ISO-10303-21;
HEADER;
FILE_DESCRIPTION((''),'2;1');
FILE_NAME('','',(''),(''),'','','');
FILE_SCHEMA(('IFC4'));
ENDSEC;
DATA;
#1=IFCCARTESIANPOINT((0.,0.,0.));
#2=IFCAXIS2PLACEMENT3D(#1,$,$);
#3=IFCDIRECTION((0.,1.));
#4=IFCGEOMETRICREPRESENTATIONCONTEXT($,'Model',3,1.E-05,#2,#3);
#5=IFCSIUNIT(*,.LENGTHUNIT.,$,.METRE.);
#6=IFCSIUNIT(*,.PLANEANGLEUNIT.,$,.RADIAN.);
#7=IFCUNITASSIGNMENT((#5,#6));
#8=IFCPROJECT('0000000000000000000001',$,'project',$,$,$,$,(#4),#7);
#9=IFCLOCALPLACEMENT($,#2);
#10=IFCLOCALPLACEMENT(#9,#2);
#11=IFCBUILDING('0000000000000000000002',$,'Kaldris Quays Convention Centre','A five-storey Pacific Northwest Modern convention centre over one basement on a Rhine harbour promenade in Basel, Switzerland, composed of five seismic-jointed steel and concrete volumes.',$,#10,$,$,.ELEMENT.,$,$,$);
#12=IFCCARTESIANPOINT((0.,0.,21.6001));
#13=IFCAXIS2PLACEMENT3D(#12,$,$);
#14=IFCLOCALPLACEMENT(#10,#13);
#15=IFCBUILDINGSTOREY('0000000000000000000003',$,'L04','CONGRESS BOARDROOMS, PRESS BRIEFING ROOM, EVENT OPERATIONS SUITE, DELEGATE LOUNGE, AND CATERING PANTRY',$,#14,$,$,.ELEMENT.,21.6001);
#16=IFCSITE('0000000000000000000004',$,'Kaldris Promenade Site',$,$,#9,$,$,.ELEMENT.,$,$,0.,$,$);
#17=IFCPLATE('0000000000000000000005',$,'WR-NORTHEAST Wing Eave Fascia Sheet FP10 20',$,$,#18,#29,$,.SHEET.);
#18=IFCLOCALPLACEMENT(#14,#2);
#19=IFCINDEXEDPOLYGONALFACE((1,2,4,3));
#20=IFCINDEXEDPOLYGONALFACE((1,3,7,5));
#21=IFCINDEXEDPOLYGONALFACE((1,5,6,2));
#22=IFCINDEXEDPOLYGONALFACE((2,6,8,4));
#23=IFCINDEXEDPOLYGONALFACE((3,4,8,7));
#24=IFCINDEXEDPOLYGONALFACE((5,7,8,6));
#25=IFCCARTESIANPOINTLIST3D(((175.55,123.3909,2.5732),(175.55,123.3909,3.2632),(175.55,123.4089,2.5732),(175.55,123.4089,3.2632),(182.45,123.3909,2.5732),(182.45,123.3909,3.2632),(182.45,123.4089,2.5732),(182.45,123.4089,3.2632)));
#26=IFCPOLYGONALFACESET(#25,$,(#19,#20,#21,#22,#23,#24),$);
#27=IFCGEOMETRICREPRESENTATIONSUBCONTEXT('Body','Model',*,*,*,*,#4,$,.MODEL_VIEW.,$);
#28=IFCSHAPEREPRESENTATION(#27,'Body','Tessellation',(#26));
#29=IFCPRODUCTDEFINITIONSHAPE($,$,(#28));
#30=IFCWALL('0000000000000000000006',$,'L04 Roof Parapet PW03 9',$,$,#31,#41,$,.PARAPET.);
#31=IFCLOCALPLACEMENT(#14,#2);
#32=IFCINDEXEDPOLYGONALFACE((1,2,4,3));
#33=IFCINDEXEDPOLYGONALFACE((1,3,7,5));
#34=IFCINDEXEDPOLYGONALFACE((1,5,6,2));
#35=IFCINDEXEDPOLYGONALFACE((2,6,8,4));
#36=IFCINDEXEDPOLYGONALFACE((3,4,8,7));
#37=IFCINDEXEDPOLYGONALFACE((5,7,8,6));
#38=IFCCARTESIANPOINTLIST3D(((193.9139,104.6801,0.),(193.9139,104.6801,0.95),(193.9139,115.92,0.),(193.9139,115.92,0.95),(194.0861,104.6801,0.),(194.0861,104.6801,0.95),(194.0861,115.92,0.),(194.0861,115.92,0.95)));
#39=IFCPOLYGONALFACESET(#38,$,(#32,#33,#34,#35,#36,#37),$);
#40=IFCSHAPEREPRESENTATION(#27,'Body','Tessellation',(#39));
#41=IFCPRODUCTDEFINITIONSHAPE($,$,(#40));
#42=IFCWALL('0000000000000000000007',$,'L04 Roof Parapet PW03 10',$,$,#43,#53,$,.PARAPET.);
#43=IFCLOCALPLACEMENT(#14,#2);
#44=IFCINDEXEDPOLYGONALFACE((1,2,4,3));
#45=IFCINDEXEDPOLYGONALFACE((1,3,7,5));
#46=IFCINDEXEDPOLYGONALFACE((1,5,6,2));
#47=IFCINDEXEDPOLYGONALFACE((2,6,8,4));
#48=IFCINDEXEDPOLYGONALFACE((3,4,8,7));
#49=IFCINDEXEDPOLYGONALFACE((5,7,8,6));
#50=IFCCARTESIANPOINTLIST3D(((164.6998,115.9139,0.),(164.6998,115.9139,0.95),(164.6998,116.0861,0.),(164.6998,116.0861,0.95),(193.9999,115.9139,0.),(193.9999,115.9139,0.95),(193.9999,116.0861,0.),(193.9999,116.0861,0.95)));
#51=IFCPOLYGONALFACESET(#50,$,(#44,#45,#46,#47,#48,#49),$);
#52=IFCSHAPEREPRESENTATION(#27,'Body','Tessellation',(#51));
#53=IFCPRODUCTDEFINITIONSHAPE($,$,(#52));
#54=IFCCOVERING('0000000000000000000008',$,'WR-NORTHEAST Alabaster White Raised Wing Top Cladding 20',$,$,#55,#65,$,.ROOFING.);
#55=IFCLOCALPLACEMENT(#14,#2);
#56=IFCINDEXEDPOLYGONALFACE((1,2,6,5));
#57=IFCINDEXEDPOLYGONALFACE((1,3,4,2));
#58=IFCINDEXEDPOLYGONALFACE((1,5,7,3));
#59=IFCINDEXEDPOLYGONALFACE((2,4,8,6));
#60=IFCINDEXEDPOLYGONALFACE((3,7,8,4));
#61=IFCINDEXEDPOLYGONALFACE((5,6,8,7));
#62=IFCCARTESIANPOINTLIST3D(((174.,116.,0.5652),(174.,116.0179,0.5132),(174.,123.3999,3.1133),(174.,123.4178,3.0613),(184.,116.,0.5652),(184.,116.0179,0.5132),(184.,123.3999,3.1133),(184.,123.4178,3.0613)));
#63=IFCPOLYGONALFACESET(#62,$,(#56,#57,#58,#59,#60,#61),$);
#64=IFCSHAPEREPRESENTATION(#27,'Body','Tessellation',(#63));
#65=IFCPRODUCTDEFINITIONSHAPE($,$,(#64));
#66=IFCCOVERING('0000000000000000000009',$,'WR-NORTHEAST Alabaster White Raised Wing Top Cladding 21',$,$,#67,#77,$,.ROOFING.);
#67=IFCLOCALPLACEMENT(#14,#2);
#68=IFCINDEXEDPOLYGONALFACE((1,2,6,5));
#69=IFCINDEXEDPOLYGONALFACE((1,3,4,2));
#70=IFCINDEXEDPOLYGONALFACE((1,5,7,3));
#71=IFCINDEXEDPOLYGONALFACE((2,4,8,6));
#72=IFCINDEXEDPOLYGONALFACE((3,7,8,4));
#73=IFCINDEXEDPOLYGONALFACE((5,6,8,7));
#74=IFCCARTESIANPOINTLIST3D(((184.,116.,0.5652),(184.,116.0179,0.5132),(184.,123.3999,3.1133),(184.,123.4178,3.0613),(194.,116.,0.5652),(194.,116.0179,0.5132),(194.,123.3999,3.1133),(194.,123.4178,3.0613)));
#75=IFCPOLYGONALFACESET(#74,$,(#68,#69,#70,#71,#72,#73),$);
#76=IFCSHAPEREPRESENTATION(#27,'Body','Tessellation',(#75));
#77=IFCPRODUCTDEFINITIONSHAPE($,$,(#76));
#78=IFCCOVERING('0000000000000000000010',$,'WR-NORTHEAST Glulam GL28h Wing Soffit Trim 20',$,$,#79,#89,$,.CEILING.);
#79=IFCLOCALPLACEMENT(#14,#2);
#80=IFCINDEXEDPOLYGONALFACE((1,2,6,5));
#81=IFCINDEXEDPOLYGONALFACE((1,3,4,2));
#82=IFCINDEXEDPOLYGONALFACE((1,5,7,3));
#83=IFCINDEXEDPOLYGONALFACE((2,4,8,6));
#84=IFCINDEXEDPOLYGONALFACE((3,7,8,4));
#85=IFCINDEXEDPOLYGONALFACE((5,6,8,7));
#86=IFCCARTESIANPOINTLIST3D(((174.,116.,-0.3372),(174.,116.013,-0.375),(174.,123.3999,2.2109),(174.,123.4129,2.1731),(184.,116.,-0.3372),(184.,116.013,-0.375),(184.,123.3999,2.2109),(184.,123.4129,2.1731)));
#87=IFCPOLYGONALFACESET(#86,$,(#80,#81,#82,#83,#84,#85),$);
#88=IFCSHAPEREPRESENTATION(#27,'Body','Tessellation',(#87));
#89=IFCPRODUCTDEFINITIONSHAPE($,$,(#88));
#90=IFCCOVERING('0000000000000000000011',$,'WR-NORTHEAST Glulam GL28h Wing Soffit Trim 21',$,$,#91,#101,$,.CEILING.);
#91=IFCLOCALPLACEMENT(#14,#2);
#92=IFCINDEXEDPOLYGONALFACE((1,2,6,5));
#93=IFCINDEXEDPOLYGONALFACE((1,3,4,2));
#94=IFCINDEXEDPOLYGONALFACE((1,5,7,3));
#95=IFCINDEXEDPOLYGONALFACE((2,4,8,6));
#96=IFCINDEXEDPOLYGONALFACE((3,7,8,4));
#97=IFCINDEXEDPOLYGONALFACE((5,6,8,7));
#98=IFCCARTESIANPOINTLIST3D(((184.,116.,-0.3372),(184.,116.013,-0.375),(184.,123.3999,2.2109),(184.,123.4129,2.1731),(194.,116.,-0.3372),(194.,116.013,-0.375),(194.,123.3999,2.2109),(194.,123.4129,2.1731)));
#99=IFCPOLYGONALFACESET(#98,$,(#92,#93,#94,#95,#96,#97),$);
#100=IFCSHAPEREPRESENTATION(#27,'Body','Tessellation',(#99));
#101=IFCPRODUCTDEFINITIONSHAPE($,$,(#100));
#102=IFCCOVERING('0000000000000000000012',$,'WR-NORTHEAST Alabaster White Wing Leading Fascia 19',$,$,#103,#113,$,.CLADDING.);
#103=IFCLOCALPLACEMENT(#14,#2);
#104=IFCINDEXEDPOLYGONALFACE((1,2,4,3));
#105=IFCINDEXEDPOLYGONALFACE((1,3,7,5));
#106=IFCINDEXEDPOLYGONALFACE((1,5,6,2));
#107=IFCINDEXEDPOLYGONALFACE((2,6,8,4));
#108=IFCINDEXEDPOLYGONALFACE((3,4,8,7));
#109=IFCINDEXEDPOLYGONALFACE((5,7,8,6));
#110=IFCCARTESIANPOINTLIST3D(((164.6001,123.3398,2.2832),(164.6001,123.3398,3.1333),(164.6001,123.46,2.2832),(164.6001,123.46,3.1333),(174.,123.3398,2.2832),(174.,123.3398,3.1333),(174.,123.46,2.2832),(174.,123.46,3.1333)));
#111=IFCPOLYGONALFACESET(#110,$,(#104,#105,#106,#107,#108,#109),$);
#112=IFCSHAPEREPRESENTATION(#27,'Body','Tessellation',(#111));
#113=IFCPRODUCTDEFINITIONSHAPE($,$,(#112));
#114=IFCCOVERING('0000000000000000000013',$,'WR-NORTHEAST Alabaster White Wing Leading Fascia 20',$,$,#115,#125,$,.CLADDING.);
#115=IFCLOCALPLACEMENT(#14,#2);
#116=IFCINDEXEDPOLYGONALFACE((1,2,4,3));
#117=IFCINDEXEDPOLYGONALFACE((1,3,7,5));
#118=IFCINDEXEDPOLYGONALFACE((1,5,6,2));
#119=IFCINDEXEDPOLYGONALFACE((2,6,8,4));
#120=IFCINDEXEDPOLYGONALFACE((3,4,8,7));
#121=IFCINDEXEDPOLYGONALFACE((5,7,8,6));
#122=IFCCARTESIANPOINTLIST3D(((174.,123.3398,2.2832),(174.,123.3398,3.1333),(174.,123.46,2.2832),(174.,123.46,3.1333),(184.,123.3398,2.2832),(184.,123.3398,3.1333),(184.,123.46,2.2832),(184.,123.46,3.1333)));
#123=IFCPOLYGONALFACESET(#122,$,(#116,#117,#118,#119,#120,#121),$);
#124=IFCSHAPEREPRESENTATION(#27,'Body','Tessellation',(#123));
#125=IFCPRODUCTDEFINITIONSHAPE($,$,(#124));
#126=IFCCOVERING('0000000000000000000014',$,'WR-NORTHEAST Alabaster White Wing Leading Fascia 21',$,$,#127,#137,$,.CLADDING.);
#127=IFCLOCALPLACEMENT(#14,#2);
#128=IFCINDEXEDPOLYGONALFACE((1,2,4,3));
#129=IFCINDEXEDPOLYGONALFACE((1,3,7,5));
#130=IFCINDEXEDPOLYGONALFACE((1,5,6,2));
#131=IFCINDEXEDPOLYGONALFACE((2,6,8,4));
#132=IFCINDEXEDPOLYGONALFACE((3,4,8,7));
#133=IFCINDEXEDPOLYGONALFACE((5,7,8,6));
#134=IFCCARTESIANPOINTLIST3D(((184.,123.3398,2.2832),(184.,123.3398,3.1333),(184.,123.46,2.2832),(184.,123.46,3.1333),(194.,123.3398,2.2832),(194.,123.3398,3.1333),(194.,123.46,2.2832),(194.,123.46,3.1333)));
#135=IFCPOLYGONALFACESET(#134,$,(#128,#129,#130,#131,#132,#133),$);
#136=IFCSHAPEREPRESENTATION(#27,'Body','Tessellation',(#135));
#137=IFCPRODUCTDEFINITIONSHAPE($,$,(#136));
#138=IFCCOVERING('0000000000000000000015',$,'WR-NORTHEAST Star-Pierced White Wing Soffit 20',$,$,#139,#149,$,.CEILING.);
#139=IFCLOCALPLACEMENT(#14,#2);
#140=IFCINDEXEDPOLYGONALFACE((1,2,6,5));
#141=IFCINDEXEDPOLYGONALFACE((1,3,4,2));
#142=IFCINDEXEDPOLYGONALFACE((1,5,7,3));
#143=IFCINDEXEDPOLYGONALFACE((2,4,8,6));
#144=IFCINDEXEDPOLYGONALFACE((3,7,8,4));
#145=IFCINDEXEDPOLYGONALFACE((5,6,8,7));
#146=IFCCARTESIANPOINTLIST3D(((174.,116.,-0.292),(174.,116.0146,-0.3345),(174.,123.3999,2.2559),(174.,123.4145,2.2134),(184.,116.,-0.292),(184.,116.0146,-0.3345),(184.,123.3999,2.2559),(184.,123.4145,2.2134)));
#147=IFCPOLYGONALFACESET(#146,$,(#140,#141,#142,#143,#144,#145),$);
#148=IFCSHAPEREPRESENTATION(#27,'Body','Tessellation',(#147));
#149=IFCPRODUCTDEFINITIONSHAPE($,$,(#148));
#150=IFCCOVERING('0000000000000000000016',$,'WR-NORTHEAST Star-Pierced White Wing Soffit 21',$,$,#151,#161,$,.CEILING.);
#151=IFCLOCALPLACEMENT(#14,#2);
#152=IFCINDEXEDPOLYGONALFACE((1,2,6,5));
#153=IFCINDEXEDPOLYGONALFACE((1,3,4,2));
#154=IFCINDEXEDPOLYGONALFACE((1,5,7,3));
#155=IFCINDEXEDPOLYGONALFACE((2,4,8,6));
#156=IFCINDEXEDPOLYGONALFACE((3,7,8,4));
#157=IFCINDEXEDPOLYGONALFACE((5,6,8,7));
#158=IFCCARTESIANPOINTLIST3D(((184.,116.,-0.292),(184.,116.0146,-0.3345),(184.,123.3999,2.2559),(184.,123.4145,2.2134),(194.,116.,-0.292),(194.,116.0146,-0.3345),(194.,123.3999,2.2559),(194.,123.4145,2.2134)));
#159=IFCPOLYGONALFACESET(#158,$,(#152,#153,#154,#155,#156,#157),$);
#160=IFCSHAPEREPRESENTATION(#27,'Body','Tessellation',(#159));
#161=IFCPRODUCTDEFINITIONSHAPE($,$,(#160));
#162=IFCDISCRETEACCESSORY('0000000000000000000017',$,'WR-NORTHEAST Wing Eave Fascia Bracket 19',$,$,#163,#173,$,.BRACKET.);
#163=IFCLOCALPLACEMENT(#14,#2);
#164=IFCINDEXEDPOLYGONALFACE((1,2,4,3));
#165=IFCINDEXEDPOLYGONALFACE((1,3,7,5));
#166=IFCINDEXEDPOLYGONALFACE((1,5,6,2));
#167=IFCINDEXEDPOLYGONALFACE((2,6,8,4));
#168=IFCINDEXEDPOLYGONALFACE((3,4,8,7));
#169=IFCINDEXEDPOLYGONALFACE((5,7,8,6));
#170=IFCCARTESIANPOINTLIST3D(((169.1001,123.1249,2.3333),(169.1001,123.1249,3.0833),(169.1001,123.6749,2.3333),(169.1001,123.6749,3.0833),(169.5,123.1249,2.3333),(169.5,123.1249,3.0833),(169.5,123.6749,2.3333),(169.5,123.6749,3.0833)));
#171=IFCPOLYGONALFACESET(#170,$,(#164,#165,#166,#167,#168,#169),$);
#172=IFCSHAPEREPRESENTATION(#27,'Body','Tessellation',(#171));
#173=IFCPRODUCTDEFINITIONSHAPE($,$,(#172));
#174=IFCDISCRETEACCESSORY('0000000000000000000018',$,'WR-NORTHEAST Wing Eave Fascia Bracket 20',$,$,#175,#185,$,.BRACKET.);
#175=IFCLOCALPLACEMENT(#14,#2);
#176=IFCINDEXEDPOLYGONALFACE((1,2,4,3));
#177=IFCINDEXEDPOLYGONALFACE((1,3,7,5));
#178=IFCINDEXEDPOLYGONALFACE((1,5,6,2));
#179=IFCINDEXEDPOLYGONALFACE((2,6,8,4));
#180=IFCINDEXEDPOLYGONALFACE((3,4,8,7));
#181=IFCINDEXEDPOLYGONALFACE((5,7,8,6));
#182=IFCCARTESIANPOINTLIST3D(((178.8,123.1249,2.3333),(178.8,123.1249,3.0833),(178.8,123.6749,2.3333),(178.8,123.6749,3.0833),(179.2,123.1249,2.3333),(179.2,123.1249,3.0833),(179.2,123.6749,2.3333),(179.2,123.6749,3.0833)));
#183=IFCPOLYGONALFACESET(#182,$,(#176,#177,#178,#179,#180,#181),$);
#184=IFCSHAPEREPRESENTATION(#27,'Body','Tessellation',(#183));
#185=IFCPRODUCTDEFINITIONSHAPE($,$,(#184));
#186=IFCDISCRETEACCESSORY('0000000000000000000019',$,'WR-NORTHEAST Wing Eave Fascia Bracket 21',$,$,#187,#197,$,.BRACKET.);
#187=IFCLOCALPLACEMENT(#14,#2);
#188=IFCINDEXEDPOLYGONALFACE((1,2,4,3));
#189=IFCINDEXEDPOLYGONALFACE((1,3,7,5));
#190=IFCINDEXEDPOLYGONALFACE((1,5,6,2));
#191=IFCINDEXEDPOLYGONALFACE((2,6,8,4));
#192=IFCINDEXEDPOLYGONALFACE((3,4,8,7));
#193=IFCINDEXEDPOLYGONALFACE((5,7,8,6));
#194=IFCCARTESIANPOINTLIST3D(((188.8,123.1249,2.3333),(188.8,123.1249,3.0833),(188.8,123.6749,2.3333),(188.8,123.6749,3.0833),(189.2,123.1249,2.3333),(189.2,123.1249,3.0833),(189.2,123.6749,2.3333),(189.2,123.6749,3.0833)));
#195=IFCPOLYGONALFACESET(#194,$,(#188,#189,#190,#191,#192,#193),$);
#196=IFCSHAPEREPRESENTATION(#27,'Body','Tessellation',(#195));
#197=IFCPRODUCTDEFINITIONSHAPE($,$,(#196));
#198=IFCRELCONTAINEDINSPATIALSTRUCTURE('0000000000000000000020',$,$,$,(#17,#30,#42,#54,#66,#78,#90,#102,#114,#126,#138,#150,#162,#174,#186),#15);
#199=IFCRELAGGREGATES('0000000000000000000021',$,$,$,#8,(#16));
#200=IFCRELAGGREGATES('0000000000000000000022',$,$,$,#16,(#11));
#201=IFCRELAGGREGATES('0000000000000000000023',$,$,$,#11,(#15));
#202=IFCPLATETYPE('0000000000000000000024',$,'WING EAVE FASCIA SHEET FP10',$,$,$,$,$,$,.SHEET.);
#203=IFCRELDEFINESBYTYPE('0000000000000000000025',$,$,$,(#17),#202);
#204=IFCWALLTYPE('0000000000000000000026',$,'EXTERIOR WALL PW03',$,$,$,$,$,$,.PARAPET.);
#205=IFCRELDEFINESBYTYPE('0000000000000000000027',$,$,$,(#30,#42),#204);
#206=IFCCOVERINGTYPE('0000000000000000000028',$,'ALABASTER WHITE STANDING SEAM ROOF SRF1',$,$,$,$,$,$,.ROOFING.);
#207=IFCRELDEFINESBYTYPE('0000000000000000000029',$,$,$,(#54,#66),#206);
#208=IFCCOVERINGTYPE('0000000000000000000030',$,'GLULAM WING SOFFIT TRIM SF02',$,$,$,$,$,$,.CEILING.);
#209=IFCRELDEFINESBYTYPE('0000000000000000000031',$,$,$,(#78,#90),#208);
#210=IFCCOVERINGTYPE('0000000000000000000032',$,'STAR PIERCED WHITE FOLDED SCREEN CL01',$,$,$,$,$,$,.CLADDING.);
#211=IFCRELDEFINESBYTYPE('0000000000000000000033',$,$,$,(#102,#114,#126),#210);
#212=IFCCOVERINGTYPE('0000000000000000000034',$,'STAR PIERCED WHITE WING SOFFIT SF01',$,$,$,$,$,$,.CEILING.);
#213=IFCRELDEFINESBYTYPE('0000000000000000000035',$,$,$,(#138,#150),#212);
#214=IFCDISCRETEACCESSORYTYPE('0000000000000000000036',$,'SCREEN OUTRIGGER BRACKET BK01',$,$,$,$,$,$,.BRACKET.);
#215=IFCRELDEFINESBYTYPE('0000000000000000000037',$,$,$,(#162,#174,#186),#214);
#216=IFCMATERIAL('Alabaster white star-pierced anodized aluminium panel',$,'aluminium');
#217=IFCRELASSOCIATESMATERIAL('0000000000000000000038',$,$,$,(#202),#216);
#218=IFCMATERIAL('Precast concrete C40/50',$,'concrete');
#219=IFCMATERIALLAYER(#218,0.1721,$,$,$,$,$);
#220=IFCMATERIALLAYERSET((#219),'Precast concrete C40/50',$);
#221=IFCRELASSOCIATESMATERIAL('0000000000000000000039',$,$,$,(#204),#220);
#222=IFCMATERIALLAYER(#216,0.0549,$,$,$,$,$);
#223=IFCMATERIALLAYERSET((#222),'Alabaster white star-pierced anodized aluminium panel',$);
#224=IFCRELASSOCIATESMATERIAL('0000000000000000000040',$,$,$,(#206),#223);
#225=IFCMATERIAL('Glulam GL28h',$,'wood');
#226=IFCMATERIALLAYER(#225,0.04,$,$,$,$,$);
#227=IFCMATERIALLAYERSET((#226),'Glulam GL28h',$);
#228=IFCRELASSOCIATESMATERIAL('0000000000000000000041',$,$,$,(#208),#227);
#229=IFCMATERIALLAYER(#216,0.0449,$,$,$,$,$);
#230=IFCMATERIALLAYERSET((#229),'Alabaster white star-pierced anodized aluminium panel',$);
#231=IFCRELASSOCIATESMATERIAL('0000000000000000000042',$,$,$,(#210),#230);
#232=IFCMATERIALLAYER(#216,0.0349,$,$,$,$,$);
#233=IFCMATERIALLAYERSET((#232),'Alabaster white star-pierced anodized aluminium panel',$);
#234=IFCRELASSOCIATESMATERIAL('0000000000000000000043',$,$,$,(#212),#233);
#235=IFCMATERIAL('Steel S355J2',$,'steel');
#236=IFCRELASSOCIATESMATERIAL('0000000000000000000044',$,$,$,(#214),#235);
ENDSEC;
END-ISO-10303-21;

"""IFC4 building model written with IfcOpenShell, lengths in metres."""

from ifc_helpers import new_model, si_unit, direction, frame, frame_2d, origin, origin_2d, place, context, subcontext, project, spatial, polyline, rectangle, outline, extrude, material, layer, layer_set, type_object, element, save


model = new_model("IFC4")

# Units and contexts
model_context = context("Model", 3, precision=1e-05, world=origin(), true_north=direction((0.0, 1.0)))
body_context = subcontext(model_context, "Body", "Model", "MODEL_VIEW")
ifc_project = project(units=[si_unit("LENGTHUNIT", "METRE"), si_unit("PLANEANGLEUNIT", "RADIAN")], contexts=[model_context])

# Site, building, storey
site_placement = place(None, origin())
site = spatial("IfcSite", under=ifc_project, at=site_placement, Name="Kaldris Promenade Site", CompositionType="ELEMENT", RefElevation=0.0)
building_placement = place(site_placement, origin())
building = spatial("IfcBuilding", under=site, at=building_placement, Name="Kaldris Quays Convention Centre", Description="A five-storey Pacific Northwest Modern convention centre over one basement on a Rhine harbour promenade in Basel, Switzerland, composed of five seismic-jointed steel and concrete volumes.", CompositionType="ELEMENT")
storey_placement = place(building_placement, frame((0.0, 0.0, 21.6001)))
storey = spatial("IfcBuildingStorey", under=building, at=storey_placement, Name="L04", Description="CONGRESS BOARDROOMS, PRESS BRIEFING ROOM, EVENT OPERATIONS SUITE, DELEGATE LOUNGE, AND CATERING PANTRY", CompositionType="ELEMENT", Elevation=21.6001)

# Shared definitions
ifc_material_1 = material(Name="Glulam GL28h", Category="wood")
ifc_material_2 = material(Name="Steel S355J2", Category="steel")

# Plate
ifc_material_3 = material(Name="Alabaster white star-pierced anodized aluminium panel", Category="aluminium")
plate_type_1 = type_object("IfcPlateType", Name="WING EAVE FASCIA SHEET FP10", PredefinedType="SHEET", material=ifc_material_3)
plate_1_placement = place(storey_placement, frame((179.0, 123.3999, 2.5732), z_axis=(0.0, 0.0, 1.0), x_axis=(-1.0, 0.0, 0.0)))
element("IfcPlate", 1, at=plate_1_placement, inside=storey, type_object=plate_type_1, Name="WR-NORTHEAST Wing Eave Fascia Sheet FP10 20", PredefinedType="SHEET", context=body_context, shape_type="SweptSolid", body=[
    extrude(rectangle(XDim=6.8999, YDim=0.0181, at=origin_2d()), origin(), (0.0, 0.0, 1.0), 0.6899),
])

# Walls
ifc_material_4 = material(Name="Precast concrete C40/50", Category="concrete")
ifc_layer_1 = layer(ifc_material_4, 0.1721)
ifc_layer_set_1 = layer_set([ifc_layer_1], Name="Precast concrete C40/50")
wall_type = type_object("IfcWallType", Name="EXTERIOR WALL PW03", PredefinedType="PARAPET", material=ifc_layer_set_1)
wall_1_placement = place(storey_placement, frame((194.0, 104.6799, 0.0), z_axis=(0.0, 0.0, 1.0), x_axis=(0.0, 1.0, 0.0)))
element("IfcWall", 2, at=wall_1_placement, inside=storey, type_object=wall_type, Name="L04 Roof Parapet PW03 9", PredefinedType="PARAPET", context=body_context, shape_type="SweptSolid", body=[
    extrude(rectangle(XDim=11.24, YDim=0.1721, at=frame_2d((5.6201, 0.0))), origin(), (0.0, 0.0, 1.0), 0.95),
])
wall_2_placement = place(storey_placement, frame((164.7, 116.0, 0.0), z_axis=(0.0, 0.0, 1.0), x_axis=(1.0, 0.0, 0.0)))
element("IfcWall", 3, at=wall_2_placement, inside=storey, type_object=wall_type, Name="L04 Roof Parapet PW03 10", PredefinedType="PARAPET", context=body_context, shape_type="SweptSolid", body=[
    extrude(rectangle(XDim=29.3, YDim=0.1721, at=frame_2d((14.6499, 0.0))), origin(), (0.0, 0.0, 1.0), 0.95),
])

# Coverings
ifc_layer_2 = layer(ifc_material_3, 0.0549)
ifc_layer_set_2 = layer_set([ifc_layer_2], Name="Alabaster white star-pierced anodized aluminium panel")
covering_type_1 = type_object("IfcCoveringType", Name="ALABASTER WHITE STANDING SEAM ROOF SRF1", PredefinedType="ROOFING", material=ifc_layer_set_2)
for number, where, z_axis, x_axis, name in (
    (4, (174.0, 116.0, 0.5652), (0.0, -0.32558, 0.945514), (1.0, 0.0, 0.0), "WR-NORTHEAST Alabaster White Raised Wing Top Cladding 20"),
    (5, (184.0, 116.0, 0.5652), (0.0, -0.32558, 0.945514), (1.0, 0.0, 0.0), "WR-NORTHEAST Alabaster White Raised Wing Top Cladding 21"),
):
    element("IfcCovering", number, at=place(storey_placement, frame(where, z_axis=z_axis, x_axis=x_axis)), inside=storey, type_object=covering_type_1, Name=name, PredefinedType="ROOFING", context=body_context, shape_type="SweptSolid", body=[
        extrude(outline(polyline([(0.0, 0.0), (10.0, 0.0), (10.0, 7.8263), (0.0, 7.8263), (0.0, 0.0)])), origin(), (0.0, 0.0, -1.0), 0.0549),
    ])
ifc_layer_3 = layer(ifc_material_1, 0.04)
ifc_layer_set_3 = layer_set([ifc_layer_3], Name="Glulam GL28h")
covering_type_2 = type_object("IfcCoveringType", Name="GLULAM WING SOFFIT TRIM SF02", PredefinedType="CEILING", material=ifc_layer_set_3)
for number, where, z_axis, x_axis, name in (
    (6, (174.0, 116.0, -0.3372), (0.0, -0.32558, 0.945514), (1.0, 0.0, 0.0), "WR-NORTHEAST Glulam GL28h Wing Soffit Trim 20"),
    (7, (184.0, 116.0, -0.3372), (0.0, -0.32558, 0.945514), (1.0, 0.0, 0.0), "WR-NORTHEAST Glulam GL28h Wing Soffit Trim 21"),
):
    element("IfcCovering", number, at=place(storey_placement, frame(where, z_axis=z_axis, x_axis=x_axis)), inside=storey, type_object=covering_type_2, Name=name, PredefinedType="CEILING", context=body_context, shape_type="SweptSolid", body=[
        extrude(outline(polyline([(0.0, 0.0), (10.0, 0.0), (10.0, 7.8263), (0.0, 7.8263), (0.0, 0.0)])), origin(), (0.0, 0.0, -1.0), 0.04),
    ])
ifc_layer_4 = layer(ifc_material_3, 0.0449)
ifc_layer_set_4 = layer_set([ifc_layer_4], Name="Alabaster white star-pierced anodized aluminium panel")
covering_type_3 = type_object("IfcCoveringType", Name="STAR PIERCED WHITE FOLDED SCREEN CL01", PredefinedType="CLADDING", material=ifc_layer_set_4)
covering_placement = place(storey_placement, frame((169.3, 123.3999, 2.2832), z_axis=(0.0, 0.0, 1.0), x_axis=(-1.0, 0.0, 0.0)))
element("IfcCovering", 8, at=covering_placement, inside=storey, type_object=covering_type_3, Name="WR-NORTHEAST Alabaster White Wing Leading Fascia 19", PredefinedType="CLADDING", context=body_context, shape_type="SweptSolid", body=[
    extrude(rectangle(XDim=9.3999, YDim=0.1201, at=origin_2d()), origin(), (0.0, 0.0, 1.0), 0.8501),
])
for number, where, z_axis, x_axis, name in (
    (9, (179.0, 123.3999, 2.2832), (0.0, 0.0, 1.0), (-1.0, 0.0, 0.0), "WR-NORTHEAST Alabaster White Wing Leading Fascia 20"),
    (10, (189.0, 123.3999, 2.2832), (0.0, 0.0, 1.0), (-1.0, 0.0, 0.0), "WR-NORTHEAST Alabaster White Wing Leading Fascia 21"),
):
    element("IfcCovering", number, at=place(storey_placement, frame(where, z_axis=z_axis, x_axis=x_axis)), inside=storey, type_object=covering_type_3, Name=name, PredefinedType="CLADDING", context=body_context, shape_type="SweptSolid", body=[
        extrude(rectangle(XDim=10.0, YDim=0.1201, at=origin_2d()), origin(), (0.0, 0.0, 1.0), 0.8501),
    ])
ifc_layer_5 = layer(ifc_material_3, 0.0349)
ifc_layer_set_5 = layer_set([ifc_layer_5], Name="Alabaster white star-pierced anodized aluminium panel")
covering_type_4 = type_object("IfcCoveringType", Name="STAR PIERCED WHITE WING SOFFIT SF01", PredefinedType="CEILING", material=ifc_layer_set_5)
for number, where, z_axis, x_axis, name in (
    (11, (174.0, 116.0, -0.292), (0.0, -0.325552, 0.945524), (1.0, 0.0, 0.0), "WR-NORTHEAST Star-Pierced White Wing Soffit 20"),
    (12, (184.0, 116.0, -0.292), (0.0, -0.325552, 0.945524), (1.0, 0.0, 0.0), "WR-NORTHEAST Star-Pierced White Wing Soffit 21"),
):
    element("IfcCovering", number, at=place(storey_placement, frame(where, z_axis=z_axis, x_axis=x_axis)), inside=storey, type_object=covering_type_4, Name=name, PredefinedType="CEILING", context=body_context, shape_type="SweptSolid", body=[
        extrude(outline(polyline([(0.0, 0.0), (10.0, 0.0), (10.0, 7.8262), (0.0, 7.8262), (0.0, 0.0)])), origin(), (0.0, 0.0, -1.0), 0.0449),
    ])

# Discrete accessories
discrete_accessory_type = type_object("IfcDiscreteAccessoryType", Name="SCREEN OUTRIGGER BRACKET BK01", PredefinedType="BRACKET", material=ifc_material_2)
for number, where, z_axis, x_axis, name in (
    (13, (169.3, 123.3999, 2.3333), (0.0, 0.0, 1.0), (-1.0, 0.0, 0.0), "WR-NORTHEAST Wing Eave Fascia Bracket 19"),
    (14, (179.0, 123.3999, 2.3333), (0.0, 0.0, 1.0), (-1.0, 0.0, 0.0), "WR-NORTHEAST Wing Eave Fascia Bracket 20"),
    (15, (189.0, 123.3999, 2.3333), (0.0, 0.0, 1.0), (-1.0, 0.0, 0.0), "WR-NORTHEAST Wing Eave Fascia Bracket 21"),
):
    element("IfcDiscreteAccessory", number, at=place(storey_placement, frame(where, z_axis=z_axis, x_axis=x_axis)), inside=storey, type_object=discrete_accessory_type, Name=name, PredefinedType="BRACKET", context=body_context, shape_type="SweptSolid", body=[
        extrude(rectangle(XDim=0.3999, YDim=0.55, at=origin_2d()), origin(), (0.0, 0.0, 1.0), 0.75),
    ])

save(model, "model.ifc")
